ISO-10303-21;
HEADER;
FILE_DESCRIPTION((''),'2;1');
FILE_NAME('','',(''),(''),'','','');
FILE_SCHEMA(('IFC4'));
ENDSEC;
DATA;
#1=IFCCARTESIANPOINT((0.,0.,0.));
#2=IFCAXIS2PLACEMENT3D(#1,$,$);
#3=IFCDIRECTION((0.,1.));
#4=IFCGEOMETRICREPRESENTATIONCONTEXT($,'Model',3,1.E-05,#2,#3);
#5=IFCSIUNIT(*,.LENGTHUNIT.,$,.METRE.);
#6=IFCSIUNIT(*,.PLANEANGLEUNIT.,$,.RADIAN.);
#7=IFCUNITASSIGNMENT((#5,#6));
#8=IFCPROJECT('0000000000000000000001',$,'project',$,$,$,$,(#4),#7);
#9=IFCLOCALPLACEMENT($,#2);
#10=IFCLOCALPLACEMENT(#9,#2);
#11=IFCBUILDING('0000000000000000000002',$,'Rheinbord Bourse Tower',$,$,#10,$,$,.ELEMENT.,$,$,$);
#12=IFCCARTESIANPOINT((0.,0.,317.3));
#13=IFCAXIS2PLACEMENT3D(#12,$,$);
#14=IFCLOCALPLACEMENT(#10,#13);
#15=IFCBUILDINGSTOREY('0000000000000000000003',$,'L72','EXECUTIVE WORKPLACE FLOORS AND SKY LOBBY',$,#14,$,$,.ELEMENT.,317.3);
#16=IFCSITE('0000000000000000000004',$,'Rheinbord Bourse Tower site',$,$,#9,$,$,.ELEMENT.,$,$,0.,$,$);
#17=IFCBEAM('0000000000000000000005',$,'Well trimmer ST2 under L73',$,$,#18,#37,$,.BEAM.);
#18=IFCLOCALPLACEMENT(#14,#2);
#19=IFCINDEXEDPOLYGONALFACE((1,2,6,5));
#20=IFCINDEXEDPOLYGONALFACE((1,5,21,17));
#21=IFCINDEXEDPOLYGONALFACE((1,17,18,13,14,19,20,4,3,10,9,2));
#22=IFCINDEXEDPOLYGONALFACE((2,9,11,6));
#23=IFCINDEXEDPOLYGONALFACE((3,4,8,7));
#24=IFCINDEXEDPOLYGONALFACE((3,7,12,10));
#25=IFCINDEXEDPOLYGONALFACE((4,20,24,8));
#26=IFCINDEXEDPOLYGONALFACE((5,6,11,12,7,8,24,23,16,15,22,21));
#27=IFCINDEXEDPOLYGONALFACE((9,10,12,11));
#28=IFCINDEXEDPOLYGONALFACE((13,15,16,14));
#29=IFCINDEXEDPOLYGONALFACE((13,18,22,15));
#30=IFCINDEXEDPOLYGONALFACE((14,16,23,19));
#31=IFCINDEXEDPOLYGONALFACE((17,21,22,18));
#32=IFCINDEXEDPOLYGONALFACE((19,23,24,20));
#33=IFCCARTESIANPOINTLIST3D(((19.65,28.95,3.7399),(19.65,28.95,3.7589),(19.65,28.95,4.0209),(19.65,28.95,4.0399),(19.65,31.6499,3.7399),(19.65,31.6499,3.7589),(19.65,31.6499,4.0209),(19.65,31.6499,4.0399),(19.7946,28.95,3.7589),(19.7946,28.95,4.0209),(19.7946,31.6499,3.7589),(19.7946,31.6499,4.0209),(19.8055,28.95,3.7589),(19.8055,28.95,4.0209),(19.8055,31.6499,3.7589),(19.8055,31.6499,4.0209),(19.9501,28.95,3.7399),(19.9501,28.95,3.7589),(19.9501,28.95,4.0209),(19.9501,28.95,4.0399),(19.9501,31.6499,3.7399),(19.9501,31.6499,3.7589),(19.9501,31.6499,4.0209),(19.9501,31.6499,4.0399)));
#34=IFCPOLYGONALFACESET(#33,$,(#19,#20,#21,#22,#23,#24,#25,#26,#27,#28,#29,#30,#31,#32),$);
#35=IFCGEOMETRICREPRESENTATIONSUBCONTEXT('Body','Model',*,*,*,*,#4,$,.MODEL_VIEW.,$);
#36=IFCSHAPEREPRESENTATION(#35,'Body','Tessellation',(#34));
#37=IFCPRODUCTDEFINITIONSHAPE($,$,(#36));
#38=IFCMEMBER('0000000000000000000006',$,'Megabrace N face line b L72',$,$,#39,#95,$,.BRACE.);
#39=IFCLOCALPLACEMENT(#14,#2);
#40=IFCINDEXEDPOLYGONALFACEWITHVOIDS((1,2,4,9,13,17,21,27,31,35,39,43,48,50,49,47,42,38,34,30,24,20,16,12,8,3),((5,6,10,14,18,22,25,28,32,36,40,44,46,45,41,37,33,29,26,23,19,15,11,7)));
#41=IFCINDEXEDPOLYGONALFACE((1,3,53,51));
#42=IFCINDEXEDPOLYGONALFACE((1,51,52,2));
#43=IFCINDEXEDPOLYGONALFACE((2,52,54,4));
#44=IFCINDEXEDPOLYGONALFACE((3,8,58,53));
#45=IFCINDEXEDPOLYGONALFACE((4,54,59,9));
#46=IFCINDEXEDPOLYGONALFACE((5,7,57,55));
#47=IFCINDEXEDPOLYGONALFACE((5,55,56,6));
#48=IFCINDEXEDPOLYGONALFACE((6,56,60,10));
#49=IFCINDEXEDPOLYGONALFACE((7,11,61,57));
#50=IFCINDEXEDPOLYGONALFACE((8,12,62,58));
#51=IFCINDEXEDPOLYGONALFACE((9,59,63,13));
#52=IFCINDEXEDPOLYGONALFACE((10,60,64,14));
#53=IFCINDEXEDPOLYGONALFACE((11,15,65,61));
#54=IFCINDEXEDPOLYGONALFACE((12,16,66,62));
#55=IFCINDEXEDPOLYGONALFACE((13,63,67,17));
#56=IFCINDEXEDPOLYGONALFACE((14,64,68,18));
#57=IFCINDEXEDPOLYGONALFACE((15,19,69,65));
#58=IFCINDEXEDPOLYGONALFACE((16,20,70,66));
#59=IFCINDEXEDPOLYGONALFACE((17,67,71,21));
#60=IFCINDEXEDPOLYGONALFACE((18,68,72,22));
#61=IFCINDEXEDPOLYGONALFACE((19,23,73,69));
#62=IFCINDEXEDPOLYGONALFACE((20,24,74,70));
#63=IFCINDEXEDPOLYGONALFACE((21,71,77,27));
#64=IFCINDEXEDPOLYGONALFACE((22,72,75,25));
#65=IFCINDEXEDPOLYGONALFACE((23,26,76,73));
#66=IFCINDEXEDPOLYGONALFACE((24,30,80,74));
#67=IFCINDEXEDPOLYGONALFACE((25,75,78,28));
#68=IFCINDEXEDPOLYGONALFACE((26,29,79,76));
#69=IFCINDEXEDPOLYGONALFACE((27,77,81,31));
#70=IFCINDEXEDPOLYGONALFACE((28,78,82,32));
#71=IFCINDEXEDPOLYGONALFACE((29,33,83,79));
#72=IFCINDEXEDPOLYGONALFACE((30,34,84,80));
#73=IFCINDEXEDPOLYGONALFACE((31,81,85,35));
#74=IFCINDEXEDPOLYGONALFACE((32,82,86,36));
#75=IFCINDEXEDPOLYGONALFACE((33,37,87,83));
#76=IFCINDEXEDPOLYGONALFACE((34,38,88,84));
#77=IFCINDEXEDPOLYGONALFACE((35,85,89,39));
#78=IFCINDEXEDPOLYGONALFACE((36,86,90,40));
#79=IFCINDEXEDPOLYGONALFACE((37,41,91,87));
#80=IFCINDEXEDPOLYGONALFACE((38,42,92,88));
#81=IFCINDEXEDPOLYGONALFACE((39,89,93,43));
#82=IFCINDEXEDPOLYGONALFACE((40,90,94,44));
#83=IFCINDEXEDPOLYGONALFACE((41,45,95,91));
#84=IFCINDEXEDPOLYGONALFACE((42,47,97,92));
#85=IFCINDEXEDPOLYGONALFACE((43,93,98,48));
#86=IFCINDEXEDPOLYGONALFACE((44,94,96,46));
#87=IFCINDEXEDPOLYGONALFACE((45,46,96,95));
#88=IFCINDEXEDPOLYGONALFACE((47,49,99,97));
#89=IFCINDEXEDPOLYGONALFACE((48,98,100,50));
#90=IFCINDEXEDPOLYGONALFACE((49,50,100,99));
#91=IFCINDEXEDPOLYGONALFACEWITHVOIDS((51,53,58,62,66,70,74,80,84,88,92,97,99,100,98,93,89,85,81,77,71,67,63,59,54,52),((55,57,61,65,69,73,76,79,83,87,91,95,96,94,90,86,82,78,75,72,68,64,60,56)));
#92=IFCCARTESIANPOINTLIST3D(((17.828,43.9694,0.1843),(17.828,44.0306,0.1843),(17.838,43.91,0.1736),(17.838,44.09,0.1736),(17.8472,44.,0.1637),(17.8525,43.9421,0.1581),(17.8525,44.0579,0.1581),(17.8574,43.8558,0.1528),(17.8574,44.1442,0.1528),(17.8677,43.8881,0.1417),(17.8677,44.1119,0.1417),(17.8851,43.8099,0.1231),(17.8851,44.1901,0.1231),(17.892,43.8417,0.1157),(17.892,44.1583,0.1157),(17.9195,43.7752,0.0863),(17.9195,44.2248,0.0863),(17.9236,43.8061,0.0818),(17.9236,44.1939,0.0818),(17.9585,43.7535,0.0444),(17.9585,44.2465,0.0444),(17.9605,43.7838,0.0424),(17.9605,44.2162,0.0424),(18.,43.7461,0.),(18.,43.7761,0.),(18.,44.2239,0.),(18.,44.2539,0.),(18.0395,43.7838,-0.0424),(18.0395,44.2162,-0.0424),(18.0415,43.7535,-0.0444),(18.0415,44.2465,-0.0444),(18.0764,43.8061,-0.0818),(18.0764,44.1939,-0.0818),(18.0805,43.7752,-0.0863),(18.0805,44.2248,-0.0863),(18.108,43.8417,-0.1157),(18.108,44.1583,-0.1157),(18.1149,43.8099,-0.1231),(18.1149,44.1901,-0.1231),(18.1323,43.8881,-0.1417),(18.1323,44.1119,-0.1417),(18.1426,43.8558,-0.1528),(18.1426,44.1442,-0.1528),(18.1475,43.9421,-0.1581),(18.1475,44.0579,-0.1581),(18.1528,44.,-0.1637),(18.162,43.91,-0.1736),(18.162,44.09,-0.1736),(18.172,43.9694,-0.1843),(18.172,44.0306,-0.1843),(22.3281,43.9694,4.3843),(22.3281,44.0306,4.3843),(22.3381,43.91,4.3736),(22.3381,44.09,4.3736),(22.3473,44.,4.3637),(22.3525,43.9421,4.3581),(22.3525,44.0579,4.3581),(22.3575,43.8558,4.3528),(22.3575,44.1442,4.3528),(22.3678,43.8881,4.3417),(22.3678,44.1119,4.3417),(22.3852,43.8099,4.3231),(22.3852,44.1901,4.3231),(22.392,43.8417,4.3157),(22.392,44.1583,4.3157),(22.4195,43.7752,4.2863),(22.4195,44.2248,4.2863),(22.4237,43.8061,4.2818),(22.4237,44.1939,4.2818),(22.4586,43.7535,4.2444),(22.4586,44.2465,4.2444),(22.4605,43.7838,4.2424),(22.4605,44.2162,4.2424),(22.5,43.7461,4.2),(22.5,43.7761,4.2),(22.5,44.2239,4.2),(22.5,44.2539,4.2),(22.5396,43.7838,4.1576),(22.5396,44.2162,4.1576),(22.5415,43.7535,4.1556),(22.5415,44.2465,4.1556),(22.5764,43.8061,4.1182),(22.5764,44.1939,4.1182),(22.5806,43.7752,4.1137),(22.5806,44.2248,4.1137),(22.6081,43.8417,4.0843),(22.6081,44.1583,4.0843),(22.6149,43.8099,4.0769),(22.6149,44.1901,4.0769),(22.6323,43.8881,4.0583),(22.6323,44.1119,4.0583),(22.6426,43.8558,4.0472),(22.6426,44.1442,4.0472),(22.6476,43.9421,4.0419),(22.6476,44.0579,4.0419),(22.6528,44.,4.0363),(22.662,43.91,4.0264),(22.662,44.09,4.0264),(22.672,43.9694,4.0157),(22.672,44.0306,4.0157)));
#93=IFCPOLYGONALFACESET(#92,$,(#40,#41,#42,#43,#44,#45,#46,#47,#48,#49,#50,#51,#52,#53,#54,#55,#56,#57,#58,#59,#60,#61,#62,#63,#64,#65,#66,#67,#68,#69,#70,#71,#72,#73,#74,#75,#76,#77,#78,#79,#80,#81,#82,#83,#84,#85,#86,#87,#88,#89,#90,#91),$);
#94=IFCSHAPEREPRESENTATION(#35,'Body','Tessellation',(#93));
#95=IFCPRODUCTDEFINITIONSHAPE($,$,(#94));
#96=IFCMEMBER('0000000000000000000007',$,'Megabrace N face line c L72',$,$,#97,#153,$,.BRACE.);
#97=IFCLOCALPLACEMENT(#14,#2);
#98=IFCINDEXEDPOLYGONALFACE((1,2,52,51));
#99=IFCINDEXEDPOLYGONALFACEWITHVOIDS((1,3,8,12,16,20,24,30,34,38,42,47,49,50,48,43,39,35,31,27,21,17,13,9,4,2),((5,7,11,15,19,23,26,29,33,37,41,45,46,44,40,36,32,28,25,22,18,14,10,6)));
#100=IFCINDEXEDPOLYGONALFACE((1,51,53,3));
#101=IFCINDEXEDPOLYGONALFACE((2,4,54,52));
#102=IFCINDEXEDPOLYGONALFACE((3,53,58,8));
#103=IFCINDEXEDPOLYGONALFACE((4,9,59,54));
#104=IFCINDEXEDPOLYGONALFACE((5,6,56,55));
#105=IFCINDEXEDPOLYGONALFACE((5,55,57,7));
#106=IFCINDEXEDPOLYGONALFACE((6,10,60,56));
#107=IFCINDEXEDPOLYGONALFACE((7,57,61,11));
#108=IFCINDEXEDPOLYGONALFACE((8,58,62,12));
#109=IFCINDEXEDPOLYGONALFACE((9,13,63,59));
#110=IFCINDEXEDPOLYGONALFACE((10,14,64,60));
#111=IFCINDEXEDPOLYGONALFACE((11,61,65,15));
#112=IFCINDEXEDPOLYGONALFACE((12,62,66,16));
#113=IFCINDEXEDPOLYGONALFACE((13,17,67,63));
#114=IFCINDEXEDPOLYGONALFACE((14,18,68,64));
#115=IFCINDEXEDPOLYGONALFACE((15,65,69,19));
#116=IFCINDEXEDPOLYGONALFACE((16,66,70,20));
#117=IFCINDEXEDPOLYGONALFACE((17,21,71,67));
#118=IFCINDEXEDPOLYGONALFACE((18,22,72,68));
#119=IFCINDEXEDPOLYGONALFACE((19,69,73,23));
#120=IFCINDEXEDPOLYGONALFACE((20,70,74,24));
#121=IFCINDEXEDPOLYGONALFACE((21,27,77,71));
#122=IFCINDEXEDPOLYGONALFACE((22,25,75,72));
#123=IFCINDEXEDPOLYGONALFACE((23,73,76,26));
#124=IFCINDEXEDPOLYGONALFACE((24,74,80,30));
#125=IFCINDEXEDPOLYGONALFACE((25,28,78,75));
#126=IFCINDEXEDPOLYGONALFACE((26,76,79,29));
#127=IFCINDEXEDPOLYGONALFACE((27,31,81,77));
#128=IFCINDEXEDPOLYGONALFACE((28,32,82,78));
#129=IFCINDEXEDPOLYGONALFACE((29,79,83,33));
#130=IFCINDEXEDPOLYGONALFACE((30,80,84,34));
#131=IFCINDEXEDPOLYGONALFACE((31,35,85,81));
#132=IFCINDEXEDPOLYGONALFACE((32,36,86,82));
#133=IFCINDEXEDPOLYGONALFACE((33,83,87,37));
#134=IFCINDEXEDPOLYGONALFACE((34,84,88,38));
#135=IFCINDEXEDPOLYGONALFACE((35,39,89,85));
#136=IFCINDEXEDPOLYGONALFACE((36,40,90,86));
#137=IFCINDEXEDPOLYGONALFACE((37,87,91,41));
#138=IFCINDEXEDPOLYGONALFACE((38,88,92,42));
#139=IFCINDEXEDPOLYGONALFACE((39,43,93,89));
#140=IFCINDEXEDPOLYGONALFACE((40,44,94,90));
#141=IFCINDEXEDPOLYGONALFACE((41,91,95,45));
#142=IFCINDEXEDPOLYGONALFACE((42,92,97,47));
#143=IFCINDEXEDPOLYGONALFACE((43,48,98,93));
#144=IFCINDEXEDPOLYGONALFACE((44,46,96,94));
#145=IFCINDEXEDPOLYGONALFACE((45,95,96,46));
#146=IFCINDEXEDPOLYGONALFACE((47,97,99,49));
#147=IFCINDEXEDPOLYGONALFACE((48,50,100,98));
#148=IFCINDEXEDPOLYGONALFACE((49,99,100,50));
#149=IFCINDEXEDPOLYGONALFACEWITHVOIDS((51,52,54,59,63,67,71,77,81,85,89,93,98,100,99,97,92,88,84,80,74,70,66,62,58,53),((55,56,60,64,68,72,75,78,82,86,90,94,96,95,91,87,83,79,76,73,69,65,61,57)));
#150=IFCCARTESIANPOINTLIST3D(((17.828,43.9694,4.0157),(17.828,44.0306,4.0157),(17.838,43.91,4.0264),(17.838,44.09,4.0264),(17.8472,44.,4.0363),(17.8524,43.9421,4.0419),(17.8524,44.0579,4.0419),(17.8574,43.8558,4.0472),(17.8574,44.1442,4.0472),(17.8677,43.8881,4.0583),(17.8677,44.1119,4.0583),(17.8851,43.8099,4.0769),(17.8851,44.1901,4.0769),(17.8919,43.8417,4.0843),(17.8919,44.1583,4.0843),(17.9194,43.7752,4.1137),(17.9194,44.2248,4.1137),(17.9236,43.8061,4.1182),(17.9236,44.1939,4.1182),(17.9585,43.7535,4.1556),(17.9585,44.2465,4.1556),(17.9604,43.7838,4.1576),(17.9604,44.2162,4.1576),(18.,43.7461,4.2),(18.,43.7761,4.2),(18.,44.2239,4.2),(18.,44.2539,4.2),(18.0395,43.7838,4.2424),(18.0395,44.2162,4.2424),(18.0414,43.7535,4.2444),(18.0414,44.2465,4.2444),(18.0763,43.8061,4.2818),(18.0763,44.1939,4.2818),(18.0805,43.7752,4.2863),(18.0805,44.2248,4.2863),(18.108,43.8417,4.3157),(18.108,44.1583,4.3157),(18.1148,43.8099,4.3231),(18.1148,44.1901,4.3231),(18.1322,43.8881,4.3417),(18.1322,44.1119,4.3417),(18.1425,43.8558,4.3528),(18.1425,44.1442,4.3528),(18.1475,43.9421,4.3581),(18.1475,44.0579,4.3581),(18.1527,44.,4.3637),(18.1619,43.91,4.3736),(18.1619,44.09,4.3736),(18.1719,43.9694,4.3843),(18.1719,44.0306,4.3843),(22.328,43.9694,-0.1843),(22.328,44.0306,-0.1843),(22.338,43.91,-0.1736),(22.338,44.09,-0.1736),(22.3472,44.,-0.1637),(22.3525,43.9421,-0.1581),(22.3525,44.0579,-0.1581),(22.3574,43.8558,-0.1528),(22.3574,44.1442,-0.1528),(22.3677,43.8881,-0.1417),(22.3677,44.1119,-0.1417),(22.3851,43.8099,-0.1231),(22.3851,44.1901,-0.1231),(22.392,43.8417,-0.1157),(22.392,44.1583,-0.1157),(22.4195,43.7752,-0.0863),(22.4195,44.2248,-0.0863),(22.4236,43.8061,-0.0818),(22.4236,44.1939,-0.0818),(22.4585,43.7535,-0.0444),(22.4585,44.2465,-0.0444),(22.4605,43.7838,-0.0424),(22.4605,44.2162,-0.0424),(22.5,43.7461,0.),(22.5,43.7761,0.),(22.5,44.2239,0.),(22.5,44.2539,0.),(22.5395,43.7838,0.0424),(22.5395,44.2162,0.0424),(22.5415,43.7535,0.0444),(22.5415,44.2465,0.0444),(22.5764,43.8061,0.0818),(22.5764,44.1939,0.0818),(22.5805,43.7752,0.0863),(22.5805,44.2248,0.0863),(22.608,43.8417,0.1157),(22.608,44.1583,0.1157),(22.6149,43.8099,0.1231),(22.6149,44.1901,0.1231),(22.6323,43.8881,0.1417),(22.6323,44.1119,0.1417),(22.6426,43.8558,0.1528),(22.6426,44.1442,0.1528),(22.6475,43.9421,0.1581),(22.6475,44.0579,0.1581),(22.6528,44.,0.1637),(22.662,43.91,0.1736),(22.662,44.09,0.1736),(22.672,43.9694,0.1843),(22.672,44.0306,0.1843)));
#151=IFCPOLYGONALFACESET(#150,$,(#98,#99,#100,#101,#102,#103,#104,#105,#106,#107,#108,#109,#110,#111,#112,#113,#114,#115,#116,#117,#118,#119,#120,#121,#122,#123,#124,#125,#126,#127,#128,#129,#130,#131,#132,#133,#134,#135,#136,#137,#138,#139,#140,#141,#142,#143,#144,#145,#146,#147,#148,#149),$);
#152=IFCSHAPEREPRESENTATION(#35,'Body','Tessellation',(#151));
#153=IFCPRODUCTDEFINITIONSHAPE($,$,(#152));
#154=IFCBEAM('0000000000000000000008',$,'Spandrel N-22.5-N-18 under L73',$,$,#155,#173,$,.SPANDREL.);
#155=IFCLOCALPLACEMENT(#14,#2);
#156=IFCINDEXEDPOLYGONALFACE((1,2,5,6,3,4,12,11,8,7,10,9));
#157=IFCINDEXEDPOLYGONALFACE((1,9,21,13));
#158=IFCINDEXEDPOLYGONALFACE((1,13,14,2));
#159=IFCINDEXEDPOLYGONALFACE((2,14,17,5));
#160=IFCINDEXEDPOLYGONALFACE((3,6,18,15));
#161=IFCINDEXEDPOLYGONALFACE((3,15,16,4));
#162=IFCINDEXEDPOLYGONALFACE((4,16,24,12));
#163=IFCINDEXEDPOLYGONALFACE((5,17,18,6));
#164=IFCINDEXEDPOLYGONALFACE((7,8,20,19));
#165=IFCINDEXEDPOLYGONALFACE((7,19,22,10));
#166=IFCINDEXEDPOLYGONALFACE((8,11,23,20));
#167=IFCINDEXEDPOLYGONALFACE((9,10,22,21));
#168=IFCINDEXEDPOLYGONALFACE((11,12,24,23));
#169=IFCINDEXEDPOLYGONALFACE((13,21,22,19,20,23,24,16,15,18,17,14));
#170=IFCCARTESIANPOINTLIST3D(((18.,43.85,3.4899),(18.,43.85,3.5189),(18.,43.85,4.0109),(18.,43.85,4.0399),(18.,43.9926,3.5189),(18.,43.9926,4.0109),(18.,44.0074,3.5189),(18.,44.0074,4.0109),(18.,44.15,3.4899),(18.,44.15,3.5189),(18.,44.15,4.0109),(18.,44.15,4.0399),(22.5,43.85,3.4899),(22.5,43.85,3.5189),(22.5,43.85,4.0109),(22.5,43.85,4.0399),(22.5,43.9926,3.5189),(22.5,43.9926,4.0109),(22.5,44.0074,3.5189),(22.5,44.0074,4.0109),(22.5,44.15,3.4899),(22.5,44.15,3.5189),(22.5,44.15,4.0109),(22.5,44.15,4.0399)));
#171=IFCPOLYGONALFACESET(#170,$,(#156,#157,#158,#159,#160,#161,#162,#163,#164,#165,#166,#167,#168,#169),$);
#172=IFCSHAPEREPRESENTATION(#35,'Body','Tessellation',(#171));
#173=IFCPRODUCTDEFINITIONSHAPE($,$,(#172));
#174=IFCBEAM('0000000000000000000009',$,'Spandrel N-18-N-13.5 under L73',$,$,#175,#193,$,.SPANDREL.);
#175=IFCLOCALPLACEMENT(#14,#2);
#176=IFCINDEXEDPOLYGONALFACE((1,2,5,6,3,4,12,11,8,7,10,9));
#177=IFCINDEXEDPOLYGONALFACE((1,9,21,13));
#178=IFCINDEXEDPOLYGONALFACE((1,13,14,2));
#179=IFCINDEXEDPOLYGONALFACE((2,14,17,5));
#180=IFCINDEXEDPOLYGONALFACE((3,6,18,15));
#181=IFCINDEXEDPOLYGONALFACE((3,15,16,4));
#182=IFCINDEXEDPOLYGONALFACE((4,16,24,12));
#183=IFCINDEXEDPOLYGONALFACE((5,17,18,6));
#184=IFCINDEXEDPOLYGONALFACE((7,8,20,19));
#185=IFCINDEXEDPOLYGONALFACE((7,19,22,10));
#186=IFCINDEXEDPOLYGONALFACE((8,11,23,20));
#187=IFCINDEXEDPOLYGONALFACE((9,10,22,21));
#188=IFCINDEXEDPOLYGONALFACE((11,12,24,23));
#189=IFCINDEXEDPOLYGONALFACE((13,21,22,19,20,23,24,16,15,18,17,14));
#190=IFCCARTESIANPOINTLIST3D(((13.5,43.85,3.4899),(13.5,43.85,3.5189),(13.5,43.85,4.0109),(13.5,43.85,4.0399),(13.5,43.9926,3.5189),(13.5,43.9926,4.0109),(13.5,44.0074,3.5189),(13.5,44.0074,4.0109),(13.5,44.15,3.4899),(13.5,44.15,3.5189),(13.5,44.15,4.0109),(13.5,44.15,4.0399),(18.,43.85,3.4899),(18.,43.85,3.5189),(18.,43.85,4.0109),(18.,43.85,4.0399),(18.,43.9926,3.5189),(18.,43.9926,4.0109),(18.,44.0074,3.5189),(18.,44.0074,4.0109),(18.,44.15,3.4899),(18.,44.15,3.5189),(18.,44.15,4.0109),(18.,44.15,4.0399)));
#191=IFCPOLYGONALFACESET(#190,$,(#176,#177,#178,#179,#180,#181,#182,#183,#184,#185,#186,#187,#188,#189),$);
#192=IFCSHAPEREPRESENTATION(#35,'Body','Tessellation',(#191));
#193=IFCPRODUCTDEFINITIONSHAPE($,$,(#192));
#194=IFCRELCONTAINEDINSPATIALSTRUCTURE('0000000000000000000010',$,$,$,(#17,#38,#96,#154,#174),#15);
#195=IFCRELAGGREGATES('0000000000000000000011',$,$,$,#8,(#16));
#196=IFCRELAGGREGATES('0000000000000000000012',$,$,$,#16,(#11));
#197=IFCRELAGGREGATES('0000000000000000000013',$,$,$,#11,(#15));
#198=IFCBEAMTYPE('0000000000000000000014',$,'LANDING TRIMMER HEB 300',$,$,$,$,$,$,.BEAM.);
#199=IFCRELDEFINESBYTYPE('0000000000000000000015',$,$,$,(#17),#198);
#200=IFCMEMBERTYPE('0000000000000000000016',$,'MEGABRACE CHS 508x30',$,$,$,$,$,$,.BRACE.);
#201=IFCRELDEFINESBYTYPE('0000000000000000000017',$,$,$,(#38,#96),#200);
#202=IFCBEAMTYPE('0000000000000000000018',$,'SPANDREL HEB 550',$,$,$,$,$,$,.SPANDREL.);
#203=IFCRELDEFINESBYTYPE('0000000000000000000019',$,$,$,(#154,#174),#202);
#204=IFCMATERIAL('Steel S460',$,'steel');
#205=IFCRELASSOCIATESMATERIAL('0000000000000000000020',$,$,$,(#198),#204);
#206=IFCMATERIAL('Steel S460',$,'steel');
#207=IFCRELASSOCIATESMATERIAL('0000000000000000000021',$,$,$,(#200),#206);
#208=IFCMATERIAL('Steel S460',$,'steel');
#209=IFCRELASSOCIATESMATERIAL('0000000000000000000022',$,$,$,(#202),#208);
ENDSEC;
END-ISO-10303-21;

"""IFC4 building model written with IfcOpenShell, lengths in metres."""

from ifc_helpers import new_model, si_unit, direction, frame, origin, origin_2d, place, context, subcontext, project, spatial, hollow_circle, i_section, extrude, material, material_profile, profile_set, type_object, element, save


model = new_model("IFC4")

# Units and contexts
model_context = context("Model", 3, precision=1e-05, world=origin(), true_north=direction((0.0, 1.0)))
body_context = subcontext(model_context, "Body", "Model", "MODEL_VIEW")
ifc_project = project(units=[si_unit("LENGTHUNIT", "METRE"), si_unit("PLANEANGLEUNIT", "RADIAN")], contexts=[model_context])

# Site, building, storey
site_placement = place(None, origin())
site = spatial("IfcSite", under=ifc_project, at=site_placement, Name="Rheinbord Bourse Tower site", CompositionType="ELEMENT", RefElevation=0.0)
building_placement = place(site_placement, origin())
building = spatial("IfcBuilding", under=site, at=building_placement, Name="Rheinbord Bourse Tower", CompositionType="ELEMENT")
storey_placement = place(building_placement, frame((0.0, 0.0, 317.3)))
storey = spatial("IfcBuildingStorey", under=building, at=storey_placement, Name="L72", Description="EXECUTIVE WORKPLACE FLOORS AND SKY LOBBY", CompositionType="ELEMENT", Elevation=317.3)

# Beam
ifc_material_1 = material(Name="Steel S460", Category="steel")
ifc_material_profile_1 = material_profile(ifc_material_1, i_section(OverallWidth=0.3, OverallDepth=0.3, WebThickness=0.011, FlangeThickness=0.019, at=origin_2d()), Name="HEB 300")
ifc_profile_set_1 = profile_set([ifc_material_profile_1], Name="Steel S460")
beam_type_1 = type_object("IfcBeamType", Name="LANDING TRIMMER HEB 300", PredefinedType="BEAM", material=ifc_profile_set_1)
beam_placement = place(storey_placement, frame((19.8, 28.95, 3.8899), z_axis=(0.0, 1.0, 0.0), x_axis=(-1.0, 0.0, 0.0)))
element("IfcBeam", 1, at=beam_placement, inside=storey, type_object=beam_type_1, Name="Well trimmer ST2 under L73", PredefinedType="BEAM", context=body_context, shape_type="SweptSolid", body=[
    extrude(i_section(OverallWidth=0.3, OverallDepth=0.3, WebThickness=0.011, FlangeThickness=0.019, at=origin_2d()), origin(), (0.0, 0.0, 1.0), 2.7),
])

# Members
ifc_material_2 = material(Name="Steel S460", Category="steel")
ifc_material_profile_2 = material_profile(ifc_material_2, hollow_circle(Radius=0.2539, WallThickness=0.03, at=origin_2d()), Name="CHS 508x30")
ifc_profile_set_2 = profile_set([ifc_material_profile_2], Name="Steel S460")
member_type_1 = type_object("IfcMemberType", Name="MEGABRACE CHS 508x30", PredefinedType="BRACE", material=ifc_profile_set_2)
for number, where, z_axis, x_axis, name in (
    (2, (18.0, 44.0, 0.0), (0.731059, 0.0, 0.682314), (0.0, 1.0, 0.0), "Megabrace N face line b L72"),
    (3, (22.5, 44.0, 0.0), (-0.731059, 0.0, 0.682314), (0.0, -1.0, 0.0), "Megabrace N face line c L72"),
):
    element("IfcMember", number, at=place(storey_placement, frame(where, z_axis=z_axis, x_axis=x_axis)), inside=storey, type_object=member_type_1, Name=name, PredefinedType="BRACE", context=body_context, shape_type="SweptSolid", body=[
        extrude(hollow_circle(Radius=0.2539, WallThickness=0.03, at=origin_2d()), origin(), (0.0, 0.0, 1.0), 6.1555),
    ])

# Beams
ifc_material_3 = material(Name="Steel S460", Category="steel")
ifc_material_profile_3 = material_profile(ifc_material_3, i_section(OverallWidth=0.3, OverallDepth=0.55, WebThickness=0.0149, FlangeThickness=0.0291, at=origin_2d()), Name="HEB 550")
ifc_profile_set_3 = profile_set([ifc_material_profile_3], Name="Steel S460")
beam_type_2 = type_object("IfcBeamType", Name="SPANDREL HEB 550", PredefinedType="SPANDREL", material=ifc_profile_set_3)
for number, where, z_axis, x_axis, name in (
    (4, (22.5, 44.0, 3.7649), (-1.0, 0.0, 0.0), (0.0, -1.0, 0.0), "Spandrel N-22.5-N-18 under L73"),
    (5, (18.0, 44.0, 3.7649), (-1.0, 0.0, 0.0), (0.0, -1.0, 0.0), "Spandrel N-18-N-13.5 under L73"),
):
    element("IfcBeam", number, at=place(storey_placement, frame(where, z_axis=z_axis, x_axis=x_axis)), inside=storey, type_object=beam_type_2, Name=name, PredefinedType="SPANDREL", context=body_context, shape_type="SweptSolid", body=[
        extrude(i_section(OverallWidth=0.3, OverallDepth=0.55, WebThickness=0.0149, FlangeThickness=0.0291, at=origin_2d()), origin(), (0.0, 0.0, 1.0), 4.5),
    ])

save(model, "model.ifc")
